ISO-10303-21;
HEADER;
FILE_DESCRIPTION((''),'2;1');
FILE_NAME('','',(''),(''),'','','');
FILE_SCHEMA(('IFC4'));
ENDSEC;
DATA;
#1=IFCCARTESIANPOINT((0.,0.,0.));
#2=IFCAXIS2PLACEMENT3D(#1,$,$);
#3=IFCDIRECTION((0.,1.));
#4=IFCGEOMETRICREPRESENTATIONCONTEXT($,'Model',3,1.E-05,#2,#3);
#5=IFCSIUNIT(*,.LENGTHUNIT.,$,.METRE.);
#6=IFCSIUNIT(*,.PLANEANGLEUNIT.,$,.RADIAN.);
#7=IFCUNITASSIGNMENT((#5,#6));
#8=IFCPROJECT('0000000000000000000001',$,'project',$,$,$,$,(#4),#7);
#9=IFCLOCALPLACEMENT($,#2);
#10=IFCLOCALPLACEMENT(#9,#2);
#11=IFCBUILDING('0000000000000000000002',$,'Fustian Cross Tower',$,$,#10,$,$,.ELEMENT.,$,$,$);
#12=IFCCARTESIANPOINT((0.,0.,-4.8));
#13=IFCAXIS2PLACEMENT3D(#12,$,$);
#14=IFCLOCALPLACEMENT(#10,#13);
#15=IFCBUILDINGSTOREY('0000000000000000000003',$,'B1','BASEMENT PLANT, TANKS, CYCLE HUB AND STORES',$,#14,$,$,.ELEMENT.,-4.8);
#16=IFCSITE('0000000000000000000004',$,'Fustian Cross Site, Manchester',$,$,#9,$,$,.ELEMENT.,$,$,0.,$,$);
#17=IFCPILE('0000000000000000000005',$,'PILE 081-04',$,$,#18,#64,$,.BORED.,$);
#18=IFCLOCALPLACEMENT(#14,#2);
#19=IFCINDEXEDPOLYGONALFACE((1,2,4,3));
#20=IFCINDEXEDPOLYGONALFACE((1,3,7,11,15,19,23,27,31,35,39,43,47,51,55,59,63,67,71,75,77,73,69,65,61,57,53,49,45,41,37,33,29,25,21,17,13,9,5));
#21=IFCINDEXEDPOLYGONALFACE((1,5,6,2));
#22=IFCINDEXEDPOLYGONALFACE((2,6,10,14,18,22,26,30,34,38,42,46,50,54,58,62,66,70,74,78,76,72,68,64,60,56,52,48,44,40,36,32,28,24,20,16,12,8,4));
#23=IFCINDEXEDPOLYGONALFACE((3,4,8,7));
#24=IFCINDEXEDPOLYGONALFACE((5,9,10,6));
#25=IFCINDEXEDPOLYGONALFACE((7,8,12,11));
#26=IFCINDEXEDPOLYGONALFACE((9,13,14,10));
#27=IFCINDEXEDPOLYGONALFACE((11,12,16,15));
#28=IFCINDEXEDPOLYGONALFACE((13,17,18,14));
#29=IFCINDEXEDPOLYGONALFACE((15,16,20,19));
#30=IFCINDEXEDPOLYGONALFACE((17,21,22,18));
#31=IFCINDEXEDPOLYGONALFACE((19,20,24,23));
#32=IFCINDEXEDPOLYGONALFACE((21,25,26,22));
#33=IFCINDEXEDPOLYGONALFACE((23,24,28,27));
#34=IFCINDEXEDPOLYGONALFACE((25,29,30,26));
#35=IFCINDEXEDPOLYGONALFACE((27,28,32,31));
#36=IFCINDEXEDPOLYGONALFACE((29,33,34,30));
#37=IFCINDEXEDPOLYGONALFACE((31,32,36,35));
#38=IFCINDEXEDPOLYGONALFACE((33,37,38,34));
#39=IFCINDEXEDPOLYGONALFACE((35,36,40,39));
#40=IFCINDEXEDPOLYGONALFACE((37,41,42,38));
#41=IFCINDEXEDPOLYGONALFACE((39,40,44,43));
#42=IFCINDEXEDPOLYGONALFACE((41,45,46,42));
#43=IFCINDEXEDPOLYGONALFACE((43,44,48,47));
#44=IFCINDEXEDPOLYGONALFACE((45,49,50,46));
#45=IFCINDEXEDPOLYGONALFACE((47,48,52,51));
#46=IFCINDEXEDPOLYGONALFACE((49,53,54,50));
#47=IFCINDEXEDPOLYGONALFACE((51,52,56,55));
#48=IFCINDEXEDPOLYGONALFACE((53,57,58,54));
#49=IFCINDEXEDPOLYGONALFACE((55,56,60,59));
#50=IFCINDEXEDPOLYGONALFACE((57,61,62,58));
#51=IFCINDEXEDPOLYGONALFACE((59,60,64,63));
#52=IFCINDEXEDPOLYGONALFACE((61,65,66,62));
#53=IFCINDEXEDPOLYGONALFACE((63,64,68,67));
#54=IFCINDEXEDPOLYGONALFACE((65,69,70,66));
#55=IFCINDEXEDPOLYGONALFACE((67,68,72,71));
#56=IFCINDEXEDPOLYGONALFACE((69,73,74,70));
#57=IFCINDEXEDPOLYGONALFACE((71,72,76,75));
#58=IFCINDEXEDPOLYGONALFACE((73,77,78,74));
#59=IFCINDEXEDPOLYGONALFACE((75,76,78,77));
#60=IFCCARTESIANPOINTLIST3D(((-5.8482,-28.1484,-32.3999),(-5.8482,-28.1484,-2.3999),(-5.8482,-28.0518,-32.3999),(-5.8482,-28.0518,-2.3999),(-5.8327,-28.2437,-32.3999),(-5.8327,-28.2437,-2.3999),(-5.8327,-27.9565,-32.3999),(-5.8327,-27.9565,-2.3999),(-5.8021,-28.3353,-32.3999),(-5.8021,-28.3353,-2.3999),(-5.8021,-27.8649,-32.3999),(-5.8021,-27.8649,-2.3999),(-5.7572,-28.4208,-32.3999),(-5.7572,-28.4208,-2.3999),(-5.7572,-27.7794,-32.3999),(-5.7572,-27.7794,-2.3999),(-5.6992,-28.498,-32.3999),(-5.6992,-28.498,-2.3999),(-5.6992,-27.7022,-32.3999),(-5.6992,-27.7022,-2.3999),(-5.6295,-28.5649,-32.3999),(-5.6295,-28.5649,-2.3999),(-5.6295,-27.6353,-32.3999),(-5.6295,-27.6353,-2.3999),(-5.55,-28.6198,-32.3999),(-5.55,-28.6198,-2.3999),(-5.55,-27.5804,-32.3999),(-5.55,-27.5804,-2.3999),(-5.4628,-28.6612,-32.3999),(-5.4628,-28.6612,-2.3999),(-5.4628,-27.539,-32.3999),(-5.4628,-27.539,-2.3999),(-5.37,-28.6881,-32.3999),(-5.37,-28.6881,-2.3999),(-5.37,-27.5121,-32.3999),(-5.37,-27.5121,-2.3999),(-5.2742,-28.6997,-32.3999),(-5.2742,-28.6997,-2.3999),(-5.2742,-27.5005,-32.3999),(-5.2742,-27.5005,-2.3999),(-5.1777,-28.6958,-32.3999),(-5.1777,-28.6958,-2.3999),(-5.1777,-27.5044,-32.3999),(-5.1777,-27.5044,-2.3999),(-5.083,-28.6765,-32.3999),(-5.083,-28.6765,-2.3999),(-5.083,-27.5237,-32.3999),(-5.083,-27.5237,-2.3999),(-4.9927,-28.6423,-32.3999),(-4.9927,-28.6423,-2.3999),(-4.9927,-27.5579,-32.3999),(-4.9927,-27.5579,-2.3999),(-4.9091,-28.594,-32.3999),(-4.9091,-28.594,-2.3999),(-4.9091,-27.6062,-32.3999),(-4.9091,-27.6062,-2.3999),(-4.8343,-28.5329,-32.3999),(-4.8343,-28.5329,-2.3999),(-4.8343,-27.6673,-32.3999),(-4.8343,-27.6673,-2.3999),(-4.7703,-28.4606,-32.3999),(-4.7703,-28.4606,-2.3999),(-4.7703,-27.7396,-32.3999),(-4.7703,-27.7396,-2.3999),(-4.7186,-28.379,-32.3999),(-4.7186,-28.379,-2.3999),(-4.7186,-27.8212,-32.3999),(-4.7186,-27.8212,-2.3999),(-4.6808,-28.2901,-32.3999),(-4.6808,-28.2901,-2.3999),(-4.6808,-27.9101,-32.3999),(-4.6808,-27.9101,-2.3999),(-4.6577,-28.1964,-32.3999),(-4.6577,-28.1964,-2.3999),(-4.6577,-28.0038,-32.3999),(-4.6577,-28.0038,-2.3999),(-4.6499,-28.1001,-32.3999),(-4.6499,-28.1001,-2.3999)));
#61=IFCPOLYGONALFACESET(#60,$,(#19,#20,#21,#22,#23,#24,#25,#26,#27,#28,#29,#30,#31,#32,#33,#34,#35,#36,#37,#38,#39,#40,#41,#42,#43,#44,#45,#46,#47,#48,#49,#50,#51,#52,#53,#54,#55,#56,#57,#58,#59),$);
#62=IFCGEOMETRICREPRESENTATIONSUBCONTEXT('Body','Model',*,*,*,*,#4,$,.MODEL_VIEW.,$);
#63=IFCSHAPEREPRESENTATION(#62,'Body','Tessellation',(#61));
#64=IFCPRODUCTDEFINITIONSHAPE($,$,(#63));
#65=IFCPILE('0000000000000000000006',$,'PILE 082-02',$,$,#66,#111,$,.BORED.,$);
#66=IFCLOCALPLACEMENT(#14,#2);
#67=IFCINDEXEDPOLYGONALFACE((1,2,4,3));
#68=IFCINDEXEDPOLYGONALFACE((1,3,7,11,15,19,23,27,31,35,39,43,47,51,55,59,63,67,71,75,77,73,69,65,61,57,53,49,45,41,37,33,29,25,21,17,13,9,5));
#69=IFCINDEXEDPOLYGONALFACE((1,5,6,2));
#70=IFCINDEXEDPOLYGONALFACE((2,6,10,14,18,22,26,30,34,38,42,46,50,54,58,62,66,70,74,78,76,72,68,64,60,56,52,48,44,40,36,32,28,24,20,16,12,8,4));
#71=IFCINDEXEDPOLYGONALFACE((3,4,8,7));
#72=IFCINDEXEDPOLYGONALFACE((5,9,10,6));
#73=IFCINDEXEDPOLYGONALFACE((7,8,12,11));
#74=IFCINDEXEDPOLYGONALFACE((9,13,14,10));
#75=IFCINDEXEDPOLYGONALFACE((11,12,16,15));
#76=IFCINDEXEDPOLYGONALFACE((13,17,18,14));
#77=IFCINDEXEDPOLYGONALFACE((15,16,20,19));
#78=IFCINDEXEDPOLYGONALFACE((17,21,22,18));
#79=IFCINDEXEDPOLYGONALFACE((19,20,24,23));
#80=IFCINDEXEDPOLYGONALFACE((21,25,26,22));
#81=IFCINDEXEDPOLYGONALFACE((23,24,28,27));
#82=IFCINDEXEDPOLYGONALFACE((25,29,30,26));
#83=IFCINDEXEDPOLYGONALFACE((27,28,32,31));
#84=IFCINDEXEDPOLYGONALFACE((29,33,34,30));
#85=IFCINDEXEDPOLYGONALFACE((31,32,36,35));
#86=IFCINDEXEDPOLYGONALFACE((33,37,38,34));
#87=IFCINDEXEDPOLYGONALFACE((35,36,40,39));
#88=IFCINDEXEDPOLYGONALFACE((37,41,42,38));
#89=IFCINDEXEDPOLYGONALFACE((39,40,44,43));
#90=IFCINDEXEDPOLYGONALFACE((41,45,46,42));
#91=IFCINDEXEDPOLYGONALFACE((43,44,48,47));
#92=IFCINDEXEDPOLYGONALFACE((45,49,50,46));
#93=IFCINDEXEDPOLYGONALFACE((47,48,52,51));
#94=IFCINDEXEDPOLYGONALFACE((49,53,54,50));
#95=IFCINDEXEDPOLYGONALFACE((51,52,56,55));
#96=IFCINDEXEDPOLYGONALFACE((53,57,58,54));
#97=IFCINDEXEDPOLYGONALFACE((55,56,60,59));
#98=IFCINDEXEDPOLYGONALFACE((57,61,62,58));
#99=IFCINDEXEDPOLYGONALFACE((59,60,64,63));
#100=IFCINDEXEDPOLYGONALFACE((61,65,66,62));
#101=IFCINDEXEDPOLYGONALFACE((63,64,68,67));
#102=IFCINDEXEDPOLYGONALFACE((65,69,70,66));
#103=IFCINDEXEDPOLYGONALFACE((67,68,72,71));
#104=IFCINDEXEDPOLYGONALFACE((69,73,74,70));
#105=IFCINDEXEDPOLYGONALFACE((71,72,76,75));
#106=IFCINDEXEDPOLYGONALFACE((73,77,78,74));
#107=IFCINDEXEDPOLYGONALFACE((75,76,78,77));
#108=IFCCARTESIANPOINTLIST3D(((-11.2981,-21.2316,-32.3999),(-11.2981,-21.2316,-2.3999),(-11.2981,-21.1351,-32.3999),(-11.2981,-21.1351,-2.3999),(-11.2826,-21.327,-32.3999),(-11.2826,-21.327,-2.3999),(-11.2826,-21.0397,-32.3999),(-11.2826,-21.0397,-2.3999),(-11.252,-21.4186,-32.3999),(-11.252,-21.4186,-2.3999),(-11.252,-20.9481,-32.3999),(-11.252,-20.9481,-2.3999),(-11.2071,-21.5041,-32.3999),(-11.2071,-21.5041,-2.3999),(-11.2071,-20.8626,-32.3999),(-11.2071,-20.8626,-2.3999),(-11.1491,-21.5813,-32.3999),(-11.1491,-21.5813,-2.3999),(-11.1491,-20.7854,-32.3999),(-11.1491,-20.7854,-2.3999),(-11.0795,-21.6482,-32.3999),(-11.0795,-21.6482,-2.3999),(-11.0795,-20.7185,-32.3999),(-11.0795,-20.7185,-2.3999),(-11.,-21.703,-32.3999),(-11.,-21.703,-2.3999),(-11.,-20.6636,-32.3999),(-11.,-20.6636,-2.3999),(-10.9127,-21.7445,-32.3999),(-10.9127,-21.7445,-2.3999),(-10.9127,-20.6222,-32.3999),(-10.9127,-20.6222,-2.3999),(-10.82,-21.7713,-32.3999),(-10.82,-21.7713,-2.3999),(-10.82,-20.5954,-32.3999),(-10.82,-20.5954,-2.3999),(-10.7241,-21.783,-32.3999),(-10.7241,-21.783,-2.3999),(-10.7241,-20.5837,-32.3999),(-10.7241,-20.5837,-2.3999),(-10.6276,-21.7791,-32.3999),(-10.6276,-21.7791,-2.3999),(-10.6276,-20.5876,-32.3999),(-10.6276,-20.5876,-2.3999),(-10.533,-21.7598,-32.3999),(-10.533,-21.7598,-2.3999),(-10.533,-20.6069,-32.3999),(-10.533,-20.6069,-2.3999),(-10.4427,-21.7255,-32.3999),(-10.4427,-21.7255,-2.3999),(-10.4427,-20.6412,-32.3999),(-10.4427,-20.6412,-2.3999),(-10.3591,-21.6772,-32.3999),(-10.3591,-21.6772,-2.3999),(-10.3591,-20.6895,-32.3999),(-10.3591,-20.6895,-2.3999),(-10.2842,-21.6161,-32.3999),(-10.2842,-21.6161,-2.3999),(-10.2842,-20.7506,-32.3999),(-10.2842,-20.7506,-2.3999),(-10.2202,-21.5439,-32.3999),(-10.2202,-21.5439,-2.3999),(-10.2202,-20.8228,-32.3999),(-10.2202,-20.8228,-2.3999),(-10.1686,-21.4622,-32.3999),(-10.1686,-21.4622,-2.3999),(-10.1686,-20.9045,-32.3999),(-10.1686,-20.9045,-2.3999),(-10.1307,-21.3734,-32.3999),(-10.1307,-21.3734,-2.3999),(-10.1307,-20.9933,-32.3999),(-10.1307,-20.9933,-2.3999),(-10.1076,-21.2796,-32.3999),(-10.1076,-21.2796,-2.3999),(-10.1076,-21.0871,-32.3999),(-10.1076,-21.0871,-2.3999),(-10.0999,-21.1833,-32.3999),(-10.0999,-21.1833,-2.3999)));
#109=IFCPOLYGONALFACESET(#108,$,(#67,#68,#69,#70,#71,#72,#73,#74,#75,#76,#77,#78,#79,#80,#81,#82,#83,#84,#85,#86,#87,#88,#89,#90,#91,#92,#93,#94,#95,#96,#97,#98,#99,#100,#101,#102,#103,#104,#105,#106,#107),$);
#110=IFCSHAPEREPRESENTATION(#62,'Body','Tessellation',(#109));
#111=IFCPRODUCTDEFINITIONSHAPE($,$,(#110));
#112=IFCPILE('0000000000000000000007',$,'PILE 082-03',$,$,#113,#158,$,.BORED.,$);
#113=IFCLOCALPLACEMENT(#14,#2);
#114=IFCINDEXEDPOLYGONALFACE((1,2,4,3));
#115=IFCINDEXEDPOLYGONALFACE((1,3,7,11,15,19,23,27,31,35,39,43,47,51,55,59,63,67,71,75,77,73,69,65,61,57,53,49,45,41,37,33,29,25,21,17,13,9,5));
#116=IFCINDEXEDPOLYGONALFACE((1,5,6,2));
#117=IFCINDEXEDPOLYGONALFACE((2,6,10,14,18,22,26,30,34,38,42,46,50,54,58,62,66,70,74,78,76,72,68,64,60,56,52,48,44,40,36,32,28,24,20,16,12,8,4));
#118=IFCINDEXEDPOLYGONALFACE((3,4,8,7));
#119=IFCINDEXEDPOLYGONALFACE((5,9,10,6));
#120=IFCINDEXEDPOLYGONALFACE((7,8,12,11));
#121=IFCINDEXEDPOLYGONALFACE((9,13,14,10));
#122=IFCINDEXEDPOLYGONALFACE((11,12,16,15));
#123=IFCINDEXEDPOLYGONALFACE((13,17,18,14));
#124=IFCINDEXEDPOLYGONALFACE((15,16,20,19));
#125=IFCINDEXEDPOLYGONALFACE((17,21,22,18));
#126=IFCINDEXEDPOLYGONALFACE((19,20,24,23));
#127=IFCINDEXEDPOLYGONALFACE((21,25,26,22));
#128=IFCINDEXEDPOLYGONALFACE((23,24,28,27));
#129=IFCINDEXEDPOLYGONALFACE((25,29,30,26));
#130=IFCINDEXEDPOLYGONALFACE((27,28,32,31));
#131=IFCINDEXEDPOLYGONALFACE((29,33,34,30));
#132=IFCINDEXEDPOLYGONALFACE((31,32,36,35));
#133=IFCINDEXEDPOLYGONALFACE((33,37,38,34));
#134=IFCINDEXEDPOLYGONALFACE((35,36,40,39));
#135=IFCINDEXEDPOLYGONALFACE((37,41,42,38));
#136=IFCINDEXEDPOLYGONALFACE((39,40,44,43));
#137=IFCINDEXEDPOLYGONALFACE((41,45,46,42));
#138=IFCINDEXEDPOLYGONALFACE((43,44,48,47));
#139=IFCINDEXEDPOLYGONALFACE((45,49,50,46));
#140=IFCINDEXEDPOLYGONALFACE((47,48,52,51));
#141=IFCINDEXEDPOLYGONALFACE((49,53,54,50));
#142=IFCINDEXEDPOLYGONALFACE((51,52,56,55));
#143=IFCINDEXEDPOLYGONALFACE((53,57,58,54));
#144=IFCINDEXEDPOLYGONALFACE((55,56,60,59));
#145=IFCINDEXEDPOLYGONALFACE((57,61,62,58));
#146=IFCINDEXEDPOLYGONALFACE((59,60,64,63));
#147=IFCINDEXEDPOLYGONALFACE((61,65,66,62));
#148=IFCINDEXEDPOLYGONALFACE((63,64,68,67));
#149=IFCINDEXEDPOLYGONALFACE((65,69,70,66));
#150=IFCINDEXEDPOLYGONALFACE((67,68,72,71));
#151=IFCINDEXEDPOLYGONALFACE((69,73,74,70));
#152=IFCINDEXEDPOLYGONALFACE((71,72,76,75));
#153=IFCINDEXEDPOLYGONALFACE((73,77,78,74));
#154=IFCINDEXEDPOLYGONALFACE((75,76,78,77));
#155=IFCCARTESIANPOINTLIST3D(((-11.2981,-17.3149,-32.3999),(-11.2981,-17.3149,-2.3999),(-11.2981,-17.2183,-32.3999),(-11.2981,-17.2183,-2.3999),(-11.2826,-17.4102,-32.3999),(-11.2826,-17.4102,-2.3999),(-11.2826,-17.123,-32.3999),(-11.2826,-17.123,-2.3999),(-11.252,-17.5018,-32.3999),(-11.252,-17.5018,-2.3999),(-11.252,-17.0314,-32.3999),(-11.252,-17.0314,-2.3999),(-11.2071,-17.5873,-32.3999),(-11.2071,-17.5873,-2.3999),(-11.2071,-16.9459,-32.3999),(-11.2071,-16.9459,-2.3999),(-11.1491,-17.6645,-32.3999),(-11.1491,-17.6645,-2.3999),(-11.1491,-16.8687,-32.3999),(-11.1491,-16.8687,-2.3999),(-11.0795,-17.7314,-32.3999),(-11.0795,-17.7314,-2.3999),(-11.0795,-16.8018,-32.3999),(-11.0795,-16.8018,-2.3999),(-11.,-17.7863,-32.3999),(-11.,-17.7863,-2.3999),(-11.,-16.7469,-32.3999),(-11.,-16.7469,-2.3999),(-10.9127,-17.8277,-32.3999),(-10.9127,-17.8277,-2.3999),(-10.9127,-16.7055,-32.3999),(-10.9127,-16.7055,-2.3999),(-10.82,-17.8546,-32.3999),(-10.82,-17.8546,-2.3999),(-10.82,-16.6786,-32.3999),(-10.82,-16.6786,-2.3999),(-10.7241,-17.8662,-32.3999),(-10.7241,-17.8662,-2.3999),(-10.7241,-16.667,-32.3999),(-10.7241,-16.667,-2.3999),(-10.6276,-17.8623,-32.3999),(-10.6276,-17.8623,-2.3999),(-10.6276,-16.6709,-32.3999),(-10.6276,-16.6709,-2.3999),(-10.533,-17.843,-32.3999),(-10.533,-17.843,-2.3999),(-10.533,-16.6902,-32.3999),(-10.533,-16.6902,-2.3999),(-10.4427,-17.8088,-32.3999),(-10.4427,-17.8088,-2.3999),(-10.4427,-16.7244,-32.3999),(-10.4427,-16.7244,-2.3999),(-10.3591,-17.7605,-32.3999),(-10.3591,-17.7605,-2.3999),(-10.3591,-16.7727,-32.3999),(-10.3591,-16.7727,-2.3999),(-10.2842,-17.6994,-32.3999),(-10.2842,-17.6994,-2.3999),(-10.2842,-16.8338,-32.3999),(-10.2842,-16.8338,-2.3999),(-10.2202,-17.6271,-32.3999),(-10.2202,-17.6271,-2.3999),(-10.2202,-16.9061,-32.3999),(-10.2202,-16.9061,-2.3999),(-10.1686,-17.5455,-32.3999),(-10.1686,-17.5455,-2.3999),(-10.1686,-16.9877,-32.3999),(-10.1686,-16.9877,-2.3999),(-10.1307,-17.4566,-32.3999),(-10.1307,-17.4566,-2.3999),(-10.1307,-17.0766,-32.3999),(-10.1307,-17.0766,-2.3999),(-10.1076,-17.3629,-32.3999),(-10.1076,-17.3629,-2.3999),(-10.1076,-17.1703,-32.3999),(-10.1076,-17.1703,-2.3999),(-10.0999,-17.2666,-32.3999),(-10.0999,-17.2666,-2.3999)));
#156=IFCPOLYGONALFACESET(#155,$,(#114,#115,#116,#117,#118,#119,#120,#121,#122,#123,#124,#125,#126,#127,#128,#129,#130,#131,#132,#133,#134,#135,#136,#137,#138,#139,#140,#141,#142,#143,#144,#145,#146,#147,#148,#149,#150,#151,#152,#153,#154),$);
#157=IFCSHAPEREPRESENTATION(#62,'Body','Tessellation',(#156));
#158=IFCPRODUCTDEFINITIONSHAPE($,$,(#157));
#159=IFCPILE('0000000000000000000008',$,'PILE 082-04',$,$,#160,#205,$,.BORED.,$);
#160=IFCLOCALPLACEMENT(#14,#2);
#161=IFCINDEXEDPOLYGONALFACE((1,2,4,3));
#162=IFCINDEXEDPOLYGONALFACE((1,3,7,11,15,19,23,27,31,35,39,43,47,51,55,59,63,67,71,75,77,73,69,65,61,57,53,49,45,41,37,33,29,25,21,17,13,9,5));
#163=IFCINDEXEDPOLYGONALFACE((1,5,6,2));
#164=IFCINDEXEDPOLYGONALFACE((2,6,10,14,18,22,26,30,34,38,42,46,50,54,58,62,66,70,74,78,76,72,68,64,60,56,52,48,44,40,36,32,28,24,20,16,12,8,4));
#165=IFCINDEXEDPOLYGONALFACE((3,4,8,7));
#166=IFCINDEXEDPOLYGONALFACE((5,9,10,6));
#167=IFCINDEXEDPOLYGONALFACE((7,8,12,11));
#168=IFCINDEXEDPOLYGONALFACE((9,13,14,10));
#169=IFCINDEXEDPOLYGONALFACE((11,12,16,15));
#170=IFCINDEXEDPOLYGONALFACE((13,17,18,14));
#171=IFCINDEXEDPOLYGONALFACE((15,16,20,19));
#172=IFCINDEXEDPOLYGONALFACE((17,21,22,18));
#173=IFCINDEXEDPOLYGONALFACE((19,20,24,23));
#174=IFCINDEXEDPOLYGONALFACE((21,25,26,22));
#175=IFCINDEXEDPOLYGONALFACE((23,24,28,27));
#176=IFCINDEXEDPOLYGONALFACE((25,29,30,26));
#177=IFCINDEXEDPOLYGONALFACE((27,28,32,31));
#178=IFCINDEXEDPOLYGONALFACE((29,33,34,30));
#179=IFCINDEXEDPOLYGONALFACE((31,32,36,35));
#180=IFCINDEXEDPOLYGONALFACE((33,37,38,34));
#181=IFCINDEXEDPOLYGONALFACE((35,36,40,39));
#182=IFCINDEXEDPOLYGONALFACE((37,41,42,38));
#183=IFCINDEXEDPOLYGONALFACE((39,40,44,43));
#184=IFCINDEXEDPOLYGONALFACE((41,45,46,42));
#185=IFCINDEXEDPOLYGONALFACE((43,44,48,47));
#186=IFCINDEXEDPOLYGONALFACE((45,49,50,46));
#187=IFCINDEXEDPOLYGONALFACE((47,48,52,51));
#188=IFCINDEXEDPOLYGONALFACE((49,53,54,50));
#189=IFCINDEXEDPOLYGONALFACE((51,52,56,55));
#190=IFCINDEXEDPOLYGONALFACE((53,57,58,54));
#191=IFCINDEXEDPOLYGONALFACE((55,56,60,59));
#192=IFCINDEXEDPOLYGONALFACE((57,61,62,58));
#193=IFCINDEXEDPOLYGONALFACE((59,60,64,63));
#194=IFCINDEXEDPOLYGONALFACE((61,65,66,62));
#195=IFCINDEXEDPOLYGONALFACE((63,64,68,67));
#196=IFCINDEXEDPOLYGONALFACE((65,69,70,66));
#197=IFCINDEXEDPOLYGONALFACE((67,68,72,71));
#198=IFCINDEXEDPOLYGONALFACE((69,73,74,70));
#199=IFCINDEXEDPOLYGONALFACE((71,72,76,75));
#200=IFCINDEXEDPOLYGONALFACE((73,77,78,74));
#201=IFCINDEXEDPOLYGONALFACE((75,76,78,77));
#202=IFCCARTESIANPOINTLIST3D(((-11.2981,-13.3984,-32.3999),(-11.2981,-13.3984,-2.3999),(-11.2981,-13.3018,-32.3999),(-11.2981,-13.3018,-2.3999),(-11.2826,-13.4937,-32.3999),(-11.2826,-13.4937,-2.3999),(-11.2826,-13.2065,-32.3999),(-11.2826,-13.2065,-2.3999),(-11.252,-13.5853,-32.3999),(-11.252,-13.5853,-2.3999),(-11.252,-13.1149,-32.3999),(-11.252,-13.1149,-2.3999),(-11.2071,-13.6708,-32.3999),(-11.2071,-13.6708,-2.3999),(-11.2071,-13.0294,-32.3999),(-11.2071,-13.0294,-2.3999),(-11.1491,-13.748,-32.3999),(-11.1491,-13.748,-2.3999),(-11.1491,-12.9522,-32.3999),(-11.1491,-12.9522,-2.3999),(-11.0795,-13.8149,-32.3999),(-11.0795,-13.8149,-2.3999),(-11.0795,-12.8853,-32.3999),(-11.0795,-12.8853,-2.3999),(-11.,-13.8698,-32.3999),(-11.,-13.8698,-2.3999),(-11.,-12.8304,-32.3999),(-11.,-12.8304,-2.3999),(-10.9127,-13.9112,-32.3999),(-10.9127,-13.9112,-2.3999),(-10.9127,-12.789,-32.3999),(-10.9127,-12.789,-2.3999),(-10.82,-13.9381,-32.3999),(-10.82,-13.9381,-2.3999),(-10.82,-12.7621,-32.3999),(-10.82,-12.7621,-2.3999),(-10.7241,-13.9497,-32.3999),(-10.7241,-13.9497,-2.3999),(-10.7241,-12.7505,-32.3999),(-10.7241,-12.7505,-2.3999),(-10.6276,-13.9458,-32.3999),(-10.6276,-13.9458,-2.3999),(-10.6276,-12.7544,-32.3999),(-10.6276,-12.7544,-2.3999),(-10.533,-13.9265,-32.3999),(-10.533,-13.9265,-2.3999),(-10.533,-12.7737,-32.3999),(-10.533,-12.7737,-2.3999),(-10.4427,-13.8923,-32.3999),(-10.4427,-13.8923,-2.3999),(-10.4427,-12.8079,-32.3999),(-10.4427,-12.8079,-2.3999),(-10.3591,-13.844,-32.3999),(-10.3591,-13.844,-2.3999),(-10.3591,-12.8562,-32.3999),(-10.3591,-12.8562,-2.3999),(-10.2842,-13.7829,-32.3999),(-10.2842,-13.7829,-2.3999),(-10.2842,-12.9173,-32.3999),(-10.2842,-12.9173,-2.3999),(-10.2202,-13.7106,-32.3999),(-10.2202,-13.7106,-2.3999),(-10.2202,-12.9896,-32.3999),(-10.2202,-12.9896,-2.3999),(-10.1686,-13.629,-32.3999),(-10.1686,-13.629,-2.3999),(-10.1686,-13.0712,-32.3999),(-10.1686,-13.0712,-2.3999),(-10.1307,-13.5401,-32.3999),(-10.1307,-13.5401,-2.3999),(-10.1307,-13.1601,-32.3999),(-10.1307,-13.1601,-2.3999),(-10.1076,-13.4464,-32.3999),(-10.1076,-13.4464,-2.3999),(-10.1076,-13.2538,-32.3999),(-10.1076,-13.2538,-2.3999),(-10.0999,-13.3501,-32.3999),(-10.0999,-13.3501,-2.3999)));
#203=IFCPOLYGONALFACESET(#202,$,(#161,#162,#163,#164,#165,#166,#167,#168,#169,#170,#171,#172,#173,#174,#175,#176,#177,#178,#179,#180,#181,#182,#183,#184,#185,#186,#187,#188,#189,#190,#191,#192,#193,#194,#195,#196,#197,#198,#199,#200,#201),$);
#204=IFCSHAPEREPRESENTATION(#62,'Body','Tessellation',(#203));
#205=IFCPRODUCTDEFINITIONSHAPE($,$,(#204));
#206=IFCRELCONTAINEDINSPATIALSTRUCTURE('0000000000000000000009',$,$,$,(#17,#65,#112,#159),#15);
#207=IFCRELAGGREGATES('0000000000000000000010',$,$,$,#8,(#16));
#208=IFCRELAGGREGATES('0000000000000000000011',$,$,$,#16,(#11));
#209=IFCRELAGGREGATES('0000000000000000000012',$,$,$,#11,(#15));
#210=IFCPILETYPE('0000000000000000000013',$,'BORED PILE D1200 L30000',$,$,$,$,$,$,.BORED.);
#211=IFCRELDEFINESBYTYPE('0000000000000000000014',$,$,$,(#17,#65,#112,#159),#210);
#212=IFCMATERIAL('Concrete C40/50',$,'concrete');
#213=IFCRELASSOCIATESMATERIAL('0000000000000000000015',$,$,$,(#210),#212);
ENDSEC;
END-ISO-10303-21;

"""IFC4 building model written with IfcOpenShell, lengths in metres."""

from ifc_helpers import new_model, si_unit, direction, frame, origin, origin_2d, place, context, subcontext, project, spatial, circle, extrude, material, material_profile, profile_set, type_object, element, save


model = new_model("IFC4")

# Units and contexts
model_context = context("Model", 3, precision=1e-05, world=origin(), true_north=direction((0.0, 1.0)))
body_context = subcontext(model_context, "Body", "Model", "MODEL_VIEW")
ifc_project = project(units=[si_unit("LENGTHUNIT", "METRE"), si_unit("PLANEANGLEUNIT", "RADIAN")], contexts=[model_context])

# Site, building, storey
site_placement = place(None, origin())
site = spatial("IfcSite", under=ifc_project, at=site_placement, Name="Fustian Cross Site, Manchester", CompositionType="ELEMENT", RefElevation=0.0)
building_placement = place(site_placement, origin())
building = spatial("IfcBuilding", under=site, at=building_placement, Name="Fustian Cross Tower", CompositionType="ELEMENT")
storey_placement = place(building_placement, frame((0.0, 0.0, -4.8)))
storey = spatial("IfcBuildingStorey", under=building, at=storey_placement, Name="B1", Description="BASEMENT PLANT, TANKS, CYCLE HUB AND STORES", CompositionType="ELEMENT", Elevation=-4.8)

# Piles
ifc_material_1 = material(Name="Concrete C40/50", Category="concrete")
ifc_material_profile_1 = material_profile(ifc_material_1, circle(Radius=0.6001, at=origin_2d()), Name="BORED PILE D1200 L30000")
ifc_profile_set_1 = profile_set([ifc_material_profile_1], Name="Concrete C40/50")
pile_type = type_object("IfcPileType", Name="BORED PILE D1200 L30000", PredefinedType="BORED", material=ifc_profile_set_1)
for number, where, z_axis, x_axis, name in (
    (1, (-5.25, -28.1001, -2.3999), (0.0, 0.0, -1.0), (1.0, 0.0, 0.0), "PILE 081-04"),
    (2, (-10.7, -21.1833, -2.3999), (0.0, 0.0, -1.0), (1.0, 0.0, 0.0), "PILE 082-02"),
    (3, (-10.7, -17.2666, -2.3999), (0.0, 0.0, -1.0), (1.0, 0.0, 0.0), "PILE 082-03"),
    (4, (-10.7, -13.3501, -2.3999), (0.0, 0.0, -1.0), (1.0, 0.0, 0.0), "PILE 082-04"),
):
    element("IfcPile", number, at=place(storey_placement, frame(where, z_axis=z_axis, x_axis=x_axis)), inside=storey, type_object=pile_type, Name=name, PredefinedType="BORED", context=body_context, shape_type="SweptSolid", body=[
        extrude(circle(Radius=0.6001, at=origin_2d()), origin(), (0.0, 0.0, 1.0), 30.0),
    ])

save(model, "model.ifc")
